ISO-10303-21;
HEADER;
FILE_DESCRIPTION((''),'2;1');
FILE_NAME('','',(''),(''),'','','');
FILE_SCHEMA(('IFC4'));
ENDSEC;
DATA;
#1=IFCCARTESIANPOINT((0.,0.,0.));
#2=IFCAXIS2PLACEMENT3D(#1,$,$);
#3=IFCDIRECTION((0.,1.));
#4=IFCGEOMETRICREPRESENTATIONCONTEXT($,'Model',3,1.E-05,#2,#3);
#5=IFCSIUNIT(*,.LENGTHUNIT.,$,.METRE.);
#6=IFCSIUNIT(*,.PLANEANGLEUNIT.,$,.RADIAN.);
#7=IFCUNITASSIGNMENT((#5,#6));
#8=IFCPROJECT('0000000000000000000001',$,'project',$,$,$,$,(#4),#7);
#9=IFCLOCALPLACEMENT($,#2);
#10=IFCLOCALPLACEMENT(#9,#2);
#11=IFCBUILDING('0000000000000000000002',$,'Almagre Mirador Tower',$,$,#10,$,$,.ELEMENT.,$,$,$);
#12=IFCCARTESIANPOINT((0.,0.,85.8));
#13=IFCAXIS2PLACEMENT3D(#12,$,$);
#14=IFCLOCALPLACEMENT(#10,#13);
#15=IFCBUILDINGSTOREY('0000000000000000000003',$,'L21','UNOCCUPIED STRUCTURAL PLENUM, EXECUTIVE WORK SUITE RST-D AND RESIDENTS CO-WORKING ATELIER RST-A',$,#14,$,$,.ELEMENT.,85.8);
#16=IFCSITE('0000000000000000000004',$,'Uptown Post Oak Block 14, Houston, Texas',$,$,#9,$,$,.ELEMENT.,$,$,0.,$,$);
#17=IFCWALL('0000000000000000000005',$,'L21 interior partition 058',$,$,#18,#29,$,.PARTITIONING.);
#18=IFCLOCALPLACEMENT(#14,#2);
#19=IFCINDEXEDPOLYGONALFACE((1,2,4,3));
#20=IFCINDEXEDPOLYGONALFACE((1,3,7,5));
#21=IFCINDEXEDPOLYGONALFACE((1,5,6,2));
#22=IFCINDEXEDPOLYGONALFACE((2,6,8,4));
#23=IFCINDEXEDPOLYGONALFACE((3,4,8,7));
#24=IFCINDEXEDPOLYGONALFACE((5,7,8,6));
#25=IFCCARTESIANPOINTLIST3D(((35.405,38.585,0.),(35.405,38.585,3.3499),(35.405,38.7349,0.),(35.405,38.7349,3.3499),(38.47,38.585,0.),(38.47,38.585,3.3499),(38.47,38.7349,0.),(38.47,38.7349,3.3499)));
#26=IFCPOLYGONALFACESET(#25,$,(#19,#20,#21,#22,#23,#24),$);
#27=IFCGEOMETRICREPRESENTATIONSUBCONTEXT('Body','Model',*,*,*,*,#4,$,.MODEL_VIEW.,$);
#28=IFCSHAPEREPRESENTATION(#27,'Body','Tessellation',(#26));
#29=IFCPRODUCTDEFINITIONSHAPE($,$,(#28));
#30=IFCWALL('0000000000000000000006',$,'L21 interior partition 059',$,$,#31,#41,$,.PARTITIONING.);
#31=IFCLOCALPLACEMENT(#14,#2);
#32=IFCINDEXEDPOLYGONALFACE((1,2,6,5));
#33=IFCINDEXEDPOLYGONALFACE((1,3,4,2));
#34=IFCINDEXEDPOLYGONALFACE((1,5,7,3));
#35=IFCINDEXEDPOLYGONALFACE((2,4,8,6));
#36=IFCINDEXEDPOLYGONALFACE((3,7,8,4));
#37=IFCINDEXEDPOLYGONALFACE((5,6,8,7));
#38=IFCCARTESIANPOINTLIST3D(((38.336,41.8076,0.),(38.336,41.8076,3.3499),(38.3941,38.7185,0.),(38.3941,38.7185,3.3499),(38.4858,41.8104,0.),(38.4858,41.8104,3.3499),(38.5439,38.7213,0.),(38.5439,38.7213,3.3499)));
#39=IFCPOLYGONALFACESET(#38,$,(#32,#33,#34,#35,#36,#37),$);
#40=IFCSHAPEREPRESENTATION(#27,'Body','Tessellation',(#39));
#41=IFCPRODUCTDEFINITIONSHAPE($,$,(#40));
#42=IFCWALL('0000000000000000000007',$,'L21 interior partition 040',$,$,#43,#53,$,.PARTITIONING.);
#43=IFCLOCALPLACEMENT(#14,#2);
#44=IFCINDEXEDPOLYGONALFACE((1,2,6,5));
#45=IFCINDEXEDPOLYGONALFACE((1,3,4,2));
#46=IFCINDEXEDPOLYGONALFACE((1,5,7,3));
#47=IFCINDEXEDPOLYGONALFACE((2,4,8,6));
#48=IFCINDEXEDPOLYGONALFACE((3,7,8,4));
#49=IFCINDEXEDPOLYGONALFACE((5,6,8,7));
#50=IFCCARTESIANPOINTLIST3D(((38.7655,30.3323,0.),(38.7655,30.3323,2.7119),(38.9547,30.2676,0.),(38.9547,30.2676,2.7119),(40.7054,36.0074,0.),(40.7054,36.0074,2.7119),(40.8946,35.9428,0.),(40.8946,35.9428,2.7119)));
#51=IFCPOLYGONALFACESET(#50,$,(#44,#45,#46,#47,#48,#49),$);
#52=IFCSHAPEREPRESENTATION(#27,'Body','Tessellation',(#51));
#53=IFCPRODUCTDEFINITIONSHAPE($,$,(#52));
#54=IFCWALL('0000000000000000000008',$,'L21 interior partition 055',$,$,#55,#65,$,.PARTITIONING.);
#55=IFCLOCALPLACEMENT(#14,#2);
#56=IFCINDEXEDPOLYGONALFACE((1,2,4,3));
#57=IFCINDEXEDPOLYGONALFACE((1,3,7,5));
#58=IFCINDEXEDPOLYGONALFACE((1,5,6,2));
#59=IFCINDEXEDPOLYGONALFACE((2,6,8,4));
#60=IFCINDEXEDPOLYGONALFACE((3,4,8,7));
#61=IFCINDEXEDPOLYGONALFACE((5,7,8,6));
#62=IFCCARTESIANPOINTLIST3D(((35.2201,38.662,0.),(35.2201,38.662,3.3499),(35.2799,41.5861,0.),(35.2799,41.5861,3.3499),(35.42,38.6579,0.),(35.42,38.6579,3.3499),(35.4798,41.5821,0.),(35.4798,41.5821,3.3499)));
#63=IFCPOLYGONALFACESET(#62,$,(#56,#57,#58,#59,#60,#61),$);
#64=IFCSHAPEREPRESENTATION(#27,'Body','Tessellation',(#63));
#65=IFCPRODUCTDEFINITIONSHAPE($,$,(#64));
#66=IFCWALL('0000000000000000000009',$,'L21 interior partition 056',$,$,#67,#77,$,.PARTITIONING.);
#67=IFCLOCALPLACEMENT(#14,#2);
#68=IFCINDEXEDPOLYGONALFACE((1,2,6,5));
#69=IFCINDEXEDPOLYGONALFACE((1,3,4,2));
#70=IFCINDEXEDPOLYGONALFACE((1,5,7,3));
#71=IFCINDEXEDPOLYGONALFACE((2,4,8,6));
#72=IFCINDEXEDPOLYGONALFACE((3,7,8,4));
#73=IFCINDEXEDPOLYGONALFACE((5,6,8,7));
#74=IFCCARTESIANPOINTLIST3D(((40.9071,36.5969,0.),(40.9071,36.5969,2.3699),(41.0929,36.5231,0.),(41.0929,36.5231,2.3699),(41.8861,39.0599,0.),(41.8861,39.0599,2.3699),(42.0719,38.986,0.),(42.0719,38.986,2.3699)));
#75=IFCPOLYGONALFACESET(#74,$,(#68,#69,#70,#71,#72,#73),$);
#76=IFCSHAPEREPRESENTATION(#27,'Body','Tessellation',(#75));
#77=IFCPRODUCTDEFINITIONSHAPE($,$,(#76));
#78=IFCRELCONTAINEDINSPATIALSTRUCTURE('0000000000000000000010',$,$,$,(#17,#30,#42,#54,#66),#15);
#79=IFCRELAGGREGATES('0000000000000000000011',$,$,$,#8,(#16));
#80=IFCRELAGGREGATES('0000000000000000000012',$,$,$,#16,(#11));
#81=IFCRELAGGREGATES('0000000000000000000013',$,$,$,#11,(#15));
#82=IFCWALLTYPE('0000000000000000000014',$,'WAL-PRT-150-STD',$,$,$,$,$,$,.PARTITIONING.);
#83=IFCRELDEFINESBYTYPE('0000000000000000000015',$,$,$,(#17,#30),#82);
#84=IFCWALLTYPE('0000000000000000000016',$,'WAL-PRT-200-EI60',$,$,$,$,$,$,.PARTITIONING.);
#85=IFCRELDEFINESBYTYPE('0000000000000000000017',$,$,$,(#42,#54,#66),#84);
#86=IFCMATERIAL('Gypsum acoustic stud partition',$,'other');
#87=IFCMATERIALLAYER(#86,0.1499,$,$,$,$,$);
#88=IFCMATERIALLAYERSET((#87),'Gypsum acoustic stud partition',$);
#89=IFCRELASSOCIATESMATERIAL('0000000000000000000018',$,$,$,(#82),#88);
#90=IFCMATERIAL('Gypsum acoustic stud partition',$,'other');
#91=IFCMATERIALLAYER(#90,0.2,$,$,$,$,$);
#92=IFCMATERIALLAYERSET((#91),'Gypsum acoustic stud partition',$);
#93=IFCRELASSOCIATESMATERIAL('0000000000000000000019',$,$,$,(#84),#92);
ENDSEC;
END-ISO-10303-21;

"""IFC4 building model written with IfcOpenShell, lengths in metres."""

from ifc_helpers import new_model, si_unit, direction, frame, frame_2d, origin, place, context, subcontext, project, spatial, rectangle, extrude, material, layer, layer_set, type_object, element, save


model = new_model("IFC4")

# Units and contexts
model_context = context("Model", 3, precision=1e-05, world=origin(), true_north=direction((0.0, 1.0)))
body_context = subcontext(model_context, "Body", "Model", "MODEL_VIEW")
ifc_project = project(units=[si_unit("LENGTHUNIT", "METRE"), si_unit("PLANEANGLEUNIT", "RADIAN")], contexts=[model_context])

# Site, building, storey
site_placement = place(None, origin())
site = spatial("IfcSite", under=ifc_project, at=site_placement, Name="Uptown Post Oak Block 14, Houston, Texas", CompositionType="ELEMENT", RefElevation=0.0)
building_placement = place(site_placement, origin())
building = spatial("IfcBuilding", under=site, at=building_placement, Name="Almagre Mirador Tower", CompositionType="ELEMENT")
storey_placement = place(building_placement, frame((0.0, 0.0, 85.8)))
storey = spatial("IfcBuildingStorey", under=building, at=storey_placement, Name="L21", Description="UNOCCUPIED STRUCTURAL PLENUM, EXECUTIVE WORK SUITE RST-D AND RESIDENTS CO-WORKING ATELIER RST-A", CompositionType="ELEMENT", Elevation=85.8)

# Walls
ifc_material_1 = material(Name="Gypsum acoustic stud partition", Category="other")
ifc_layer_1 = layer(ifc_material_1, 0.1499)
ifc_layer_set_1 = layer_set([ifc_layer_1], Name="Gypsum acoustic stud partition")
wall_type_1 = type_object("IfcWallType", Name="WAL-PRT-150-STD", PredefinedType="PARTITIONING", material=ifc_layer_set_1)
wall_1_placement = place(storey_placement, frame((38.47, 38.6599, 0.0), z_axis=(0.0, 0.0, 1.0), x_axis=(-1.0, 0.0, 0.0)))
element("IfcWall", 1, at=wall_1_placement, inside=storey, type_object=wall_type_1, Name="L21 interior partition 058", PredefinedType="PARTITIONING", context=body_context, shape_type="SweptSolid", body=[
    extrude(rectangle(XDim=3.0649, YDim=0.1499, at=frame_2d((1.5325, 0.0))), origin(), (0.0, 0.0, 1.0), 3.3499),
])
wall_2_placement = place(storey_placement, frame((38.4109, 41.8091, 0.0), z_axis=(0.0, 0.0, 1.0), x_axis=(0.018806, -0.999823, 0.0)))
element("IfcWall", 2, at=wall_2_placement, inside=storey, type_object=wall_type_1, Name="L21 interior partition 059", PredefinedType="PARTITIONING", context=body_context, shape_type="SweptSolid", body=[
    extrude(rectangle(XDim=3.0896, YDim=0.1499, at=frame_2d((1.5449, 0.0))), origin(), (0.0, 0.0, 1.0), 3.3499),
])
ifc_material_2 = material(Name="Gypsum acoustic stud partition", Category="other")
ifc_layer_2 = layer(ifc_material_2, 0.2)
ifc_layer_set_2 = layer_set([ifc_layer_2], Name="Gypsum acoustic stud partition")
wall_type_2 = type_object("IfcWallType", Name="WAL-PRT-200-EI60", PredefinedType="PARTITIONING", material=ifc_layer_set_2)
wall_3_placement = place(storey_placement, frame((40.8, 35.9751, 0.0), z_axis=(0.0, 0.0, 1.0), x_axis=(-0.32346, -0.946242, 0.0)))
element("IfcWall", 3, at=wall_3_placement, inside=storey, type_object=wall_type_2, Name="L21 interior partition 040", PredefinedType="PARTITIONING", context=body_context, shape_type="SweptSolid", body=[
    extrude(rectangle(XDim=5.9976, YDim=0.2, at=frame_2d((2.9988, 0.0))), origin(), (0.0, 0.0, 1.0), 2.7119),
])
wall_4_placement = place(storey_placement, frame((35.3201, 38.6599, 0.0), z_axis=(0.0, 0.0, 1.0), x_axis=(0.020452, 0.999791, 0.0)))
element("IfcWall", 4, at=wall_4_placement, inside=storey, type_object=wall_type_2, Name="L21 interior partition 055", PredefinedType="PARTITIONING", context=body_context, shape_type="SweptSolid", body=[
    extrude(rectangle(XDim=2.9248, YDim=0.2, at=frame_2d((1.4624, 0.0))), origin(), (0.0, 0.0, 1.0), 3.3499),
])
wall_5_placement = place(storey_placement, frame((41.979, 39.0229, 0.0), z_axis=(0.0, 0.0, 1.0), x_axis=(-0.369389, -0.929275, 0.0)))
element("IfcWall", 5, at=wall_5_placement, inside=storey, type_object=wall_type_2, Name="L21 interior partition 056", PredefinedType="PARTITIONING", context=body_context, shape_type="SweptSolid", body=[
    extrude(rectangle(XDim=2.6504, YDim=0.2, at=frame_2d((1.3252, 0.0))), origin(), (0.0, 0.0, 1.0), 2.3699),
])

save(model, "model.ifc")
